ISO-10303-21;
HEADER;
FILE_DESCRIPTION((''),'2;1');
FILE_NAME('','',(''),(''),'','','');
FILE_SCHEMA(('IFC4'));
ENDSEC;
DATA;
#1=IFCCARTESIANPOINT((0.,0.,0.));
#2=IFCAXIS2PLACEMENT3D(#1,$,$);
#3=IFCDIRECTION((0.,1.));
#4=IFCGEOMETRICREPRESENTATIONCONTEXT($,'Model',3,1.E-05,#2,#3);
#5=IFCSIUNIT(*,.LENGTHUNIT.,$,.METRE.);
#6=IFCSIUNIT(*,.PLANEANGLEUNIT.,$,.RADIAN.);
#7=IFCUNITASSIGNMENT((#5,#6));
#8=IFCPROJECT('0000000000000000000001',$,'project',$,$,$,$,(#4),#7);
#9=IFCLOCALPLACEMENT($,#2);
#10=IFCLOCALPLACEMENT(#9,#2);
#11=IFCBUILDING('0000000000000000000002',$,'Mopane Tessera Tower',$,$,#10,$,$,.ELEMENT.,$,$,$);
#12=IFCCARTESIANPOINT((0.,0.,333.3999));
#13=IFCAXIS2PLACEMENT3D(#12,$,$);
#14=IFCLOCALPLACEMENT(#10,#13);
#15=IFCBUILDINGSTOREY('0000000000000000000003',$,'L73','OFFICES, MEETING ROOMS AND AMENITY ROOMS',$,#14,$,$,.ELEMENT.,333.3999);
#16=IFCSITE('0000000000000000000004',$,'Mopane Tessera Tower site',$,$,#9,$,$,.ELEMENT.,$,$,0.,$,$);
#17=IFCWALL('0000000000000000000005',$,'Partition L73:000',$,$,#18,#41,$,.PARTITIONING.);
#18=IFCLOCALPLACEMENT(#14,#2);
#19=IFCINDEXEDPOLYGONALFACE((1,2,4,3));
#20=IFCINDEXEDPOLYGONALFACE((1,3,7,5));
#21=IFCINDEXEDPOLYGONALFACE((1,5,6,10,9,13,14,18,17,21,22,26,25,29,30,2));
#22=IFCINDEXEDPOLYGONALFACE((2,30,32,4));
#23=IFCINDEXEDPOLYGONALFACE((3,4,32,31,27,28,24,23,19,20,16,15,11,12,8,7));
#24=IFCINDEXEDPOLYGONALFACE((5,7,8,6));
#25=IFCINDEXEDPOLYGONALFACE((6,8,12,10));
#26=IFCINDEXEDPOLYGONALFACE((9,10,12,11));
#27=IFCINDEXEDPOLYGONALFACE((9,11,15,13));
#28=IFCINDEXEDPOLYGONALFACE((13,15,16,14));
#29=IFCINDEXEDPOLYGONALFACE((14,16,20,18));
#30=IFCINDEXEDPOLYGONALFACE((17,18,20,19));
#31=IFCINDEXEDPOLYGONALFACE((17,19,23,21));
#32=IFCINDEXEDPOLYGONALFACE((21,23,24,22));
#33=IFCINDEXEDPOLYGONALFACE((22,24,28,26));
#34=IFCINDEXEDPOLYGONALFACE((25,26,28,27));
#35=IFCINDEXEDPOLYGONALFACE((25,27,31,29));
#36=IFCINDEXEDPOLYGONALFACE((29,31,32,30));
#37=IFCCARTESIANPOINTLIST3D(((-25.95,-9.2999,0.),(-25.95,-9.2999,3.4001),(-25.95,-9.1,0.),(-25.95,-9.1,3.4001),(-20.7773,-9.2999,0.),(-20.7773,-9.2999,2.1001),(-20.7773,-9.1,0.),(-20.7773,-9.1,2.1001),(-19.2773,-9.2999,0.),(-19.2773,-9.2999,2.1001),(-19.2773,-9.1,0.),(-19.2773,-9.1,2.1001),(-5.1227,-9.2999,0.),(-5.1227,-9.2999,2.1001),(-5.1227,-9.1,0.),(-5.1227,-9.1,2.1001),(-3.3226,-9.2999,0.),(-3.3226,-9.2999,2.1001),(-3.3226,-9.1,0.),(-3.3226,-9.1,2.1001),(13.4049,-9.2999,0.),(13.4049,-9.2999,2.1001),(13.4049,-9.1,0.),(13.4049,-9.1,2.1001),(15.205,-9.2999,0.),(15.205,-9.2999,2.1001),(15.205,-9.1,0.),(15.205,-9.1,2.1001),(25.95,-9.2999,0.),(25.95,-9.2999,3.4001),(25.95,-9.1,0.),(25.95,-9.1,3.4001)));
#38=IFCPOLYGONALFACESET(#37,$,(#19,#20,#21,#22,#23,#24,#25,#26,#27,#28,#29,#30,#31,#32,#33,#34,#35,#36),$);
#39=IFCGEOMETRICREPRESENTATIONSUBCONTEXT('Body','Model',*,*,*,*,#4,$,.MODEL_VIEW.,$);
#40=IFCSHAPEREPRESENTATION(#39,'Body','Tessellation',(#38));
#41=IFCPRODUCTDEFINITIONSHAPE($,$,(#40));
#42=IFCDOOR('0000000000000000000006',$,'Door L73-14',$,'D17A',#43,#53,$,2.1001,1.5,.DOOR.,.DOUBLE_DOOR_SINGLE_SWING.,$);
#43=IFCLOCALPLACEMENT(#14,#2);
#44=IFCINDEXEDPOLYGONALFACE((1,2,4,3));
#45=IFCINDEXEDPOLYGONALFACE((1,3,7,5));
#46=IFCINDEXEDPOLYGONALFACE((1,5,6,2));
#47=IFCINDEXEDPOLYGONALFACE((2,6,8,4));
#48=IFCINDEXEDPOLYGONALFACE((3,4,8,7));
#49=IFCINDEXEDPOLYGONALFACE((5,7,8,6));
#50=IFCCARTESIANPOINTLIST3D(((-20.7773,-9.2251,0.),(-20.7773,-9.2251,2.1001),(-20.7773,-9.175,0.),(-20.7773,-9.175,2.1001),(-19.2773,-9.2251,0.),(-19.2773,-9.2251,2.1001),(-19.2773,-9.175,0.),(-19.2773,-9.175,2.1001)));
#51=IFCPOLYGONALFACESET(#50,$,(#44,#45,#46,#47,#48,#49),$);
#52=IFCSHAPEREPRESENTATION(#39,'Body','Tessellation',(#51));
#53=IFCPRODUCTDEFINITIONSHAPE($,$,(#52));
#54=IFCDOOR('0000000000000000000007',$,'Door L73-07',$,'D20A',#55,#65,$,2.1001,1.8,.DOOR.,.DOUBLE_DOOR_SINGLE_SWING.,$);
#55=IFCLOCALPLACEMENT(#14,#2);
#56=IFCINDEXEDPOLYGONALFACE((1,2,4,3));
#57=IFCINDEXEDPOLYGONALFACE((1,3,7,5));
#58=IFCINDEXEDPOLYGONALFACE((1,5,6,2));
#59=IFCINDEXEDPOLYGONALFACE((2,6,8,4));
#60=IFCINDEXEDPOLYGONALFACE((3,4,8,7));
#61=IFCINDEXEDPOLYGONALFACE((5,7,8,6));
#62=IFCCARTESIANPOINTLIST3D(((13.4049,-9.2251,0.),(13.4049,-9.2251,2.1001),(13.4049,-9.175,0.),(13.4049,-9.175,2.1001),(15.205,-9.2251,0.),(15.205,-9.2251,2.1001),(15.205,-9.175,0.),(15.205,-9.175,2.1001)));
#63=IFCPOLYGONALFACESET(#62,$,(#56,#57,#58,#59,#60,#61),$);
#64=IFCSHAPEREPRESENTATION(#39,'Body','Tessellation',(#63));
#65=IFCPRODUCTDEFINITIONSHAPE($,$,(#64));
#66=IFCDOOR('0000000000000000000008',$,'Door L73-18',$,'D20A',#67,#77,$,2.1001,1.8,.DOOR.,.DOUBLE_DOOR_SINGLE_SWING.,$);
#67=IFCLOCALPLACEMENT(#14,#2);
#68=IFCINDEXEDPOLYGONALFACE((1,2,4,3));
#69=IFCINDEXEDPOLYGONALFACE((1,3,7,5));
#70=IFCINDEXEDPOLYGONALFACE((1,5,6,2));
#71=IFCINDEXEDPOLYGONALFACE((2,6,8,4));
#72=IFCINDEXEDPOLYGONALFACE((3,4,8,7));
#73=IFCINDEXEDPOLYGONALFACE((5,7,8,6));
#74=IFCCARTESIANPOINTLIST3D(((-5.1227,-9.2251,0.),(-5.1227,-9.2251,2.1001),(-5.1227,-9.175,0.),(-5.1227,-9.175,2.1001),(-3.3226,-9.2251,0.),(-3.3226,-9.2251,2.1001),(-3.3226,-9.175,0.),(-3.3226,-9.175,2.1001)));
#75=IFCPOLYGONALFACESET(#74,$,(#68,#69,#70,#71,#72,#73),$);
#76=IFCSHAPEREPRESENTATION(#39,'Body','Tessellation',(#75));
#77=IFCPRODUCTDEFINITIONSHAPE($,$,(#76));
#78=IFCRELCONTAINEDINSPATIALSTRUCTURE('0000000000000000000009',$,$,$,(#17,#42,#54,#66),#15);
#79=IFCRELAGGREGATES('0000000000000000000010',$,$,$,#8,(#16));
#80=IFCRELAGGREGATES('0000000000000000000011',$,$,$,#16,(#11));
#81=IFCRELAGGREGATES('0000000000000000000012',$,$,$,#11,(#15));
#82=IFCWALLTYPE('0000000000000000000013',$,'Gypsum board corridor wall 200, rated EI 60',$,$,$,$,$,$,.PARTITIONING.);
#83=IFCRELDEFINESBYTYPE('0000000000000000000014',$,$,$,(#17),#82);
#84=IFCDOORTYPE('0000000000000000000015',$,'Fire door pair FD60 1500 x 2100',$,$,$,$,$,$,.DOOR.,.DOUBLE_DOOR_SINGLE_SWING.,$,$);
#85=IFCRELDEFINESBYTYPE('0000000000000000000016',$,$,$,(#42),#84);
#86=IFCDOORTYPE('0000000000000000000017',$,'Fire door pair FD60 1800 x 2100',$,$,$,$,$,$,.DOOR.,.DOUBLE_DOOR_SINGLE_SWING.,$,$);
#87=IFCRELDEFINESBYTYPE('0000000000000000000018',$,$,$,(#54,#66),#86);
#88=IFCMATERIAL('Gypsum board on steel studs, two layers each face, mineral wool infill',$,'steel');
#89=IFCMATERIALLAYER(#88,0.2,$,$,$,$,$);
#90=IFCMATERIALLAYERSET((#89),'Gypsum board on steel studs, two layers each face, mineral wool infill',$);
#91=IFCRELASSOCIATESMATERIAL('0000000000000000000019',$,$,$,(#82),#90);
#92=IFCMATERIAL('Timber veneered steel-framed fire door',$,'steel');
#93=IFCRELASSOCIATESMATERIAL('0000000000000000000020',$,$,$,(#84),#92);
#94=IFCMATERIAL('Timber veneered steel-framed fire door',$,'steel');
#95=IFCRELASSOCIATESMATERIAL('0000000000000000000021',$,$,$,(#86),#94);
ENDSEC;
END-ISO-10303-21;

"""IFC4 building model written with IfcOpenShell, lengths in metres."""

from ifc_helpers import new_model, si_unit, direction, frame, frame_2d, origin, place, context, subcontext, project, spatial, rectangle, extrude, material, layer, layer_set, type_object, element, fill, save


model = new_model("IFC4")

# Units and contexts
model_context = context("Model", 3, precision=1e-05, world=origin(), true_north=direction((0.0, 1.0)))
body_context = subcontext(model_context, "Body", "Model", "MODEL_VIEW")
ifc_project = project(units=[si_unit("LENGTHUNIT", "METRE"), si_unit("PLANEANGLEUNIT", "RADIAN")], contexts=[model_context])

# Site, building, storey
site_placement = place(None, origin())
site = spatial("IfcSite", under=ifc_project, at=site_placement, Name="Mopane Tessera Tower site", CompositionType="ELEMENT", RefElevation=0.0)
building_placement = place(site_placement, origin())
building = spatial("IfcBuilding", under=site, at=building_placement, Name="Mopane Tessera Tower", CompositionType="ELEMENT")
storey_placement = place(building_placement, frame((0.0, 0.0, 333.3999)))
storey = spatial("IfcBuildingStorey", under=building, at=storey_placement, Name="L73", Description="OFFICES, MEETING ROOMS AND AMENITY ROOMS", CompositionType="ELEMENT", Elevation=333.3999)

# Wall, openings, doors
ifc_material_1 = material(Name="Gypsum board on steel studs, two layers each face, mineral wool infill", Category="steel")
ifc_layer_1 = layer(ifc_material_1, 0.2)
ifc_layer_set_1 = layer_set([ifc_layer_1], Name="Gypsum board on steel studs, two layers each face, mineral wool infill")
wall_type_1 = type_object("IfcWallType", Name="Gypsum board corridor wall 200, rated EI 60", PredefinedType="PARTITIONING", material=ifc_layer_set_1)
wall_1_placement = place(storey_placement, frame((-25.95, -9.2, 0.0), z_axis=(0.0, 0.0, 1.0), x_axis=(1.0, 0.0, 0.0)))
wall_1 = element("IfcWall", 1, at=wall_1_placement, inside=storey, type_object=wall_type_1, Name="Partition L73:000", PredefinedType="PARTITIONING", context=body_context, shape_type="SweptSolid", body=[
    extrude(rectangle(XDim=51.8999, YDim=0.2, at=frame_2d((25.95, 0.0))), origin(), (0.0, 0.0, 1.0), 3.4001),
])
opening_1_placement = place(wall_1_placement, frame((39.355, 0.0, 0.0)))
opening_1 = element("IfcOpeningElement", 2, at=opening_1_placement, cuts=wall_1, PredefinedType="OPENING", context=body_context, shape_type="SweptSolid", body=[
    extrude(rectangle(XDim=1.8, YDim=2.1001, at=frame_2d((0.8999, 1.05))), frame((0.0, 0.1121, 0.0), z_axis=(0.0, -1.0, 0.0), x_axis=(1.0, 0.0, 0.0)), (0.0, 0.0, 1.0), 0.2239),
])
opening_2_placement = place(wall_1_placement, frame((5.1726, 0.0, 0.0)))
opening_2 = element("IfcOpeningElement", 3, at=opening_2_placement, cuts=wall_1, PredefinedType="OPENING", context=body_context, shape_type="SweptSolid", body=[
    extrude(rectangle(XDim=1.5, YDim=2.1001, at=frame_2d((0.75, 1.05))), frame((0.0, 0.1121, 0.0), z_axis=(0.0, -1.0, 0.0), x_axis=(1.0, 0.0, 0.0)), (0.0, 0.0, 1.0), 0.2239),
])
opening_3_placement = place(wall_1_placement, frame((20.8274, 0.0, 0.0)))
opening_3 = element("IfcOpeningElement", 4, at=opening_3_placement, cuts=wall_1, PredefinedType="OPENING", context=body_context, shape_type="SweptSolid", body=[
    extrude(rectangle(XDim=1.8, YDim=2.1001, at=frame_2d((0.8999, 1.05))), frame((0.0, 0.1121, 0.0), z_axis=(0.0, -1.0, 0.0), x_axis=(1.0, 0.0, 0.0)), (0.0, 0.0, 1.0), 0.2239),
])
ifc_material_2 = material(Name="Timber veneered steel-framed fire door", Category="steel")
door_type_1 = type_object("IfcDoorType", Name="Fire door pair FD60 1500 x 2100", OperationType="DOUBLE_DOOR_SINGLE_SWING", PredefinedType="DOOR", material=ifc_material_2)
door_1_placement = place(opening_2_placement, origin())
door_1 = element("IfcDoor", 5, at=door_1_placement, inside=storey, type_object=door_type_1, Name="Door L73-14", ObjectType="D17A", OperationType="DOUBLE_DOOR_SINGLE_SWING", OverallHeight=2.1001, OverallWidth=1.5, PredefinedType="DOOR", context=body_context, shape_type="SweptSolid", body=[
    extrude(rectangle(XDim=1.5, YDim=2.1001, at=frame_2d((0.75, 1.05))), frame((0.0, 0.0249, 0.0), z_axis=(0.0, -1.0, 0.0), x_axis=(1.0, 0.0, 0.0)), (0.0, 0.0, 1.0), 0.05),
])
fill(opening_2, door_1)
ifc_material_3 = material(Name="Timber veneered steel-framed fire door", Category="steel")
door_type_2 = type_object("IfcDoorType", Name="Fire door pair FD60 1800 x 2100", OperationType="DOUBLE_DOOR_SINGLE_SWING", PredefinedType="DOOR", material=ifc_material_3)
door_2_placement = place(opening_1_placement, origin())
door_2 = element("IfcDoor", 6, at=door_2_placement, inside=storey, type_object=door_type_2, Name="Door L73-07", ObjectType="D20A", OperationType="DOUBLE_DOOR_SINGLE_SWING", OverallHeight=2.1001, OverallWidth=1.8, PredefinedType="DOOR", context=body_context, shape_type="SweptSolid", body=[
    extrude(rectangle(XDim=1.8, YDim=2.1001, at=frame_2d((0.8999, 1.05))), frame((0.0, 0.0249, 0.0), z_axis=(0.0, -1.0, 0.0), x_axis=(1.0, 0.0, 0.0)), (0.0, 0.0, 1.0), 0.05),
])
fill(opening_1, door_2)
door_3_placement = place(opening_3_placement, origin())
door_3 = element("IfcDoor", 7, at=door_3_placement, inside=storey, type_object=door_type_2, Name="Door L73-18", ObjectType="D20A", OperationType="DOUBLE_DOOR_SINGLE_SWING", OverallHeight=2.1001, OverallWidth=1.8, PredefinedType="DOOR", context=body_context, shape_type="SweptSolid", body=[
    extrude(rectangle(XDim=1.8, YDim=2.1001, at=frame_2d((0.8999, 1.05))), frame((0.0, 0.0249, 0.0), z_axis=(0.0, -1.0, 0.0), x_axis=(1.0, 0.0, 0.0)), (0.0, 0.0, 1.0), 0.05),
])
fill(opening_3, door_3)

save(model, "model.ifc")
